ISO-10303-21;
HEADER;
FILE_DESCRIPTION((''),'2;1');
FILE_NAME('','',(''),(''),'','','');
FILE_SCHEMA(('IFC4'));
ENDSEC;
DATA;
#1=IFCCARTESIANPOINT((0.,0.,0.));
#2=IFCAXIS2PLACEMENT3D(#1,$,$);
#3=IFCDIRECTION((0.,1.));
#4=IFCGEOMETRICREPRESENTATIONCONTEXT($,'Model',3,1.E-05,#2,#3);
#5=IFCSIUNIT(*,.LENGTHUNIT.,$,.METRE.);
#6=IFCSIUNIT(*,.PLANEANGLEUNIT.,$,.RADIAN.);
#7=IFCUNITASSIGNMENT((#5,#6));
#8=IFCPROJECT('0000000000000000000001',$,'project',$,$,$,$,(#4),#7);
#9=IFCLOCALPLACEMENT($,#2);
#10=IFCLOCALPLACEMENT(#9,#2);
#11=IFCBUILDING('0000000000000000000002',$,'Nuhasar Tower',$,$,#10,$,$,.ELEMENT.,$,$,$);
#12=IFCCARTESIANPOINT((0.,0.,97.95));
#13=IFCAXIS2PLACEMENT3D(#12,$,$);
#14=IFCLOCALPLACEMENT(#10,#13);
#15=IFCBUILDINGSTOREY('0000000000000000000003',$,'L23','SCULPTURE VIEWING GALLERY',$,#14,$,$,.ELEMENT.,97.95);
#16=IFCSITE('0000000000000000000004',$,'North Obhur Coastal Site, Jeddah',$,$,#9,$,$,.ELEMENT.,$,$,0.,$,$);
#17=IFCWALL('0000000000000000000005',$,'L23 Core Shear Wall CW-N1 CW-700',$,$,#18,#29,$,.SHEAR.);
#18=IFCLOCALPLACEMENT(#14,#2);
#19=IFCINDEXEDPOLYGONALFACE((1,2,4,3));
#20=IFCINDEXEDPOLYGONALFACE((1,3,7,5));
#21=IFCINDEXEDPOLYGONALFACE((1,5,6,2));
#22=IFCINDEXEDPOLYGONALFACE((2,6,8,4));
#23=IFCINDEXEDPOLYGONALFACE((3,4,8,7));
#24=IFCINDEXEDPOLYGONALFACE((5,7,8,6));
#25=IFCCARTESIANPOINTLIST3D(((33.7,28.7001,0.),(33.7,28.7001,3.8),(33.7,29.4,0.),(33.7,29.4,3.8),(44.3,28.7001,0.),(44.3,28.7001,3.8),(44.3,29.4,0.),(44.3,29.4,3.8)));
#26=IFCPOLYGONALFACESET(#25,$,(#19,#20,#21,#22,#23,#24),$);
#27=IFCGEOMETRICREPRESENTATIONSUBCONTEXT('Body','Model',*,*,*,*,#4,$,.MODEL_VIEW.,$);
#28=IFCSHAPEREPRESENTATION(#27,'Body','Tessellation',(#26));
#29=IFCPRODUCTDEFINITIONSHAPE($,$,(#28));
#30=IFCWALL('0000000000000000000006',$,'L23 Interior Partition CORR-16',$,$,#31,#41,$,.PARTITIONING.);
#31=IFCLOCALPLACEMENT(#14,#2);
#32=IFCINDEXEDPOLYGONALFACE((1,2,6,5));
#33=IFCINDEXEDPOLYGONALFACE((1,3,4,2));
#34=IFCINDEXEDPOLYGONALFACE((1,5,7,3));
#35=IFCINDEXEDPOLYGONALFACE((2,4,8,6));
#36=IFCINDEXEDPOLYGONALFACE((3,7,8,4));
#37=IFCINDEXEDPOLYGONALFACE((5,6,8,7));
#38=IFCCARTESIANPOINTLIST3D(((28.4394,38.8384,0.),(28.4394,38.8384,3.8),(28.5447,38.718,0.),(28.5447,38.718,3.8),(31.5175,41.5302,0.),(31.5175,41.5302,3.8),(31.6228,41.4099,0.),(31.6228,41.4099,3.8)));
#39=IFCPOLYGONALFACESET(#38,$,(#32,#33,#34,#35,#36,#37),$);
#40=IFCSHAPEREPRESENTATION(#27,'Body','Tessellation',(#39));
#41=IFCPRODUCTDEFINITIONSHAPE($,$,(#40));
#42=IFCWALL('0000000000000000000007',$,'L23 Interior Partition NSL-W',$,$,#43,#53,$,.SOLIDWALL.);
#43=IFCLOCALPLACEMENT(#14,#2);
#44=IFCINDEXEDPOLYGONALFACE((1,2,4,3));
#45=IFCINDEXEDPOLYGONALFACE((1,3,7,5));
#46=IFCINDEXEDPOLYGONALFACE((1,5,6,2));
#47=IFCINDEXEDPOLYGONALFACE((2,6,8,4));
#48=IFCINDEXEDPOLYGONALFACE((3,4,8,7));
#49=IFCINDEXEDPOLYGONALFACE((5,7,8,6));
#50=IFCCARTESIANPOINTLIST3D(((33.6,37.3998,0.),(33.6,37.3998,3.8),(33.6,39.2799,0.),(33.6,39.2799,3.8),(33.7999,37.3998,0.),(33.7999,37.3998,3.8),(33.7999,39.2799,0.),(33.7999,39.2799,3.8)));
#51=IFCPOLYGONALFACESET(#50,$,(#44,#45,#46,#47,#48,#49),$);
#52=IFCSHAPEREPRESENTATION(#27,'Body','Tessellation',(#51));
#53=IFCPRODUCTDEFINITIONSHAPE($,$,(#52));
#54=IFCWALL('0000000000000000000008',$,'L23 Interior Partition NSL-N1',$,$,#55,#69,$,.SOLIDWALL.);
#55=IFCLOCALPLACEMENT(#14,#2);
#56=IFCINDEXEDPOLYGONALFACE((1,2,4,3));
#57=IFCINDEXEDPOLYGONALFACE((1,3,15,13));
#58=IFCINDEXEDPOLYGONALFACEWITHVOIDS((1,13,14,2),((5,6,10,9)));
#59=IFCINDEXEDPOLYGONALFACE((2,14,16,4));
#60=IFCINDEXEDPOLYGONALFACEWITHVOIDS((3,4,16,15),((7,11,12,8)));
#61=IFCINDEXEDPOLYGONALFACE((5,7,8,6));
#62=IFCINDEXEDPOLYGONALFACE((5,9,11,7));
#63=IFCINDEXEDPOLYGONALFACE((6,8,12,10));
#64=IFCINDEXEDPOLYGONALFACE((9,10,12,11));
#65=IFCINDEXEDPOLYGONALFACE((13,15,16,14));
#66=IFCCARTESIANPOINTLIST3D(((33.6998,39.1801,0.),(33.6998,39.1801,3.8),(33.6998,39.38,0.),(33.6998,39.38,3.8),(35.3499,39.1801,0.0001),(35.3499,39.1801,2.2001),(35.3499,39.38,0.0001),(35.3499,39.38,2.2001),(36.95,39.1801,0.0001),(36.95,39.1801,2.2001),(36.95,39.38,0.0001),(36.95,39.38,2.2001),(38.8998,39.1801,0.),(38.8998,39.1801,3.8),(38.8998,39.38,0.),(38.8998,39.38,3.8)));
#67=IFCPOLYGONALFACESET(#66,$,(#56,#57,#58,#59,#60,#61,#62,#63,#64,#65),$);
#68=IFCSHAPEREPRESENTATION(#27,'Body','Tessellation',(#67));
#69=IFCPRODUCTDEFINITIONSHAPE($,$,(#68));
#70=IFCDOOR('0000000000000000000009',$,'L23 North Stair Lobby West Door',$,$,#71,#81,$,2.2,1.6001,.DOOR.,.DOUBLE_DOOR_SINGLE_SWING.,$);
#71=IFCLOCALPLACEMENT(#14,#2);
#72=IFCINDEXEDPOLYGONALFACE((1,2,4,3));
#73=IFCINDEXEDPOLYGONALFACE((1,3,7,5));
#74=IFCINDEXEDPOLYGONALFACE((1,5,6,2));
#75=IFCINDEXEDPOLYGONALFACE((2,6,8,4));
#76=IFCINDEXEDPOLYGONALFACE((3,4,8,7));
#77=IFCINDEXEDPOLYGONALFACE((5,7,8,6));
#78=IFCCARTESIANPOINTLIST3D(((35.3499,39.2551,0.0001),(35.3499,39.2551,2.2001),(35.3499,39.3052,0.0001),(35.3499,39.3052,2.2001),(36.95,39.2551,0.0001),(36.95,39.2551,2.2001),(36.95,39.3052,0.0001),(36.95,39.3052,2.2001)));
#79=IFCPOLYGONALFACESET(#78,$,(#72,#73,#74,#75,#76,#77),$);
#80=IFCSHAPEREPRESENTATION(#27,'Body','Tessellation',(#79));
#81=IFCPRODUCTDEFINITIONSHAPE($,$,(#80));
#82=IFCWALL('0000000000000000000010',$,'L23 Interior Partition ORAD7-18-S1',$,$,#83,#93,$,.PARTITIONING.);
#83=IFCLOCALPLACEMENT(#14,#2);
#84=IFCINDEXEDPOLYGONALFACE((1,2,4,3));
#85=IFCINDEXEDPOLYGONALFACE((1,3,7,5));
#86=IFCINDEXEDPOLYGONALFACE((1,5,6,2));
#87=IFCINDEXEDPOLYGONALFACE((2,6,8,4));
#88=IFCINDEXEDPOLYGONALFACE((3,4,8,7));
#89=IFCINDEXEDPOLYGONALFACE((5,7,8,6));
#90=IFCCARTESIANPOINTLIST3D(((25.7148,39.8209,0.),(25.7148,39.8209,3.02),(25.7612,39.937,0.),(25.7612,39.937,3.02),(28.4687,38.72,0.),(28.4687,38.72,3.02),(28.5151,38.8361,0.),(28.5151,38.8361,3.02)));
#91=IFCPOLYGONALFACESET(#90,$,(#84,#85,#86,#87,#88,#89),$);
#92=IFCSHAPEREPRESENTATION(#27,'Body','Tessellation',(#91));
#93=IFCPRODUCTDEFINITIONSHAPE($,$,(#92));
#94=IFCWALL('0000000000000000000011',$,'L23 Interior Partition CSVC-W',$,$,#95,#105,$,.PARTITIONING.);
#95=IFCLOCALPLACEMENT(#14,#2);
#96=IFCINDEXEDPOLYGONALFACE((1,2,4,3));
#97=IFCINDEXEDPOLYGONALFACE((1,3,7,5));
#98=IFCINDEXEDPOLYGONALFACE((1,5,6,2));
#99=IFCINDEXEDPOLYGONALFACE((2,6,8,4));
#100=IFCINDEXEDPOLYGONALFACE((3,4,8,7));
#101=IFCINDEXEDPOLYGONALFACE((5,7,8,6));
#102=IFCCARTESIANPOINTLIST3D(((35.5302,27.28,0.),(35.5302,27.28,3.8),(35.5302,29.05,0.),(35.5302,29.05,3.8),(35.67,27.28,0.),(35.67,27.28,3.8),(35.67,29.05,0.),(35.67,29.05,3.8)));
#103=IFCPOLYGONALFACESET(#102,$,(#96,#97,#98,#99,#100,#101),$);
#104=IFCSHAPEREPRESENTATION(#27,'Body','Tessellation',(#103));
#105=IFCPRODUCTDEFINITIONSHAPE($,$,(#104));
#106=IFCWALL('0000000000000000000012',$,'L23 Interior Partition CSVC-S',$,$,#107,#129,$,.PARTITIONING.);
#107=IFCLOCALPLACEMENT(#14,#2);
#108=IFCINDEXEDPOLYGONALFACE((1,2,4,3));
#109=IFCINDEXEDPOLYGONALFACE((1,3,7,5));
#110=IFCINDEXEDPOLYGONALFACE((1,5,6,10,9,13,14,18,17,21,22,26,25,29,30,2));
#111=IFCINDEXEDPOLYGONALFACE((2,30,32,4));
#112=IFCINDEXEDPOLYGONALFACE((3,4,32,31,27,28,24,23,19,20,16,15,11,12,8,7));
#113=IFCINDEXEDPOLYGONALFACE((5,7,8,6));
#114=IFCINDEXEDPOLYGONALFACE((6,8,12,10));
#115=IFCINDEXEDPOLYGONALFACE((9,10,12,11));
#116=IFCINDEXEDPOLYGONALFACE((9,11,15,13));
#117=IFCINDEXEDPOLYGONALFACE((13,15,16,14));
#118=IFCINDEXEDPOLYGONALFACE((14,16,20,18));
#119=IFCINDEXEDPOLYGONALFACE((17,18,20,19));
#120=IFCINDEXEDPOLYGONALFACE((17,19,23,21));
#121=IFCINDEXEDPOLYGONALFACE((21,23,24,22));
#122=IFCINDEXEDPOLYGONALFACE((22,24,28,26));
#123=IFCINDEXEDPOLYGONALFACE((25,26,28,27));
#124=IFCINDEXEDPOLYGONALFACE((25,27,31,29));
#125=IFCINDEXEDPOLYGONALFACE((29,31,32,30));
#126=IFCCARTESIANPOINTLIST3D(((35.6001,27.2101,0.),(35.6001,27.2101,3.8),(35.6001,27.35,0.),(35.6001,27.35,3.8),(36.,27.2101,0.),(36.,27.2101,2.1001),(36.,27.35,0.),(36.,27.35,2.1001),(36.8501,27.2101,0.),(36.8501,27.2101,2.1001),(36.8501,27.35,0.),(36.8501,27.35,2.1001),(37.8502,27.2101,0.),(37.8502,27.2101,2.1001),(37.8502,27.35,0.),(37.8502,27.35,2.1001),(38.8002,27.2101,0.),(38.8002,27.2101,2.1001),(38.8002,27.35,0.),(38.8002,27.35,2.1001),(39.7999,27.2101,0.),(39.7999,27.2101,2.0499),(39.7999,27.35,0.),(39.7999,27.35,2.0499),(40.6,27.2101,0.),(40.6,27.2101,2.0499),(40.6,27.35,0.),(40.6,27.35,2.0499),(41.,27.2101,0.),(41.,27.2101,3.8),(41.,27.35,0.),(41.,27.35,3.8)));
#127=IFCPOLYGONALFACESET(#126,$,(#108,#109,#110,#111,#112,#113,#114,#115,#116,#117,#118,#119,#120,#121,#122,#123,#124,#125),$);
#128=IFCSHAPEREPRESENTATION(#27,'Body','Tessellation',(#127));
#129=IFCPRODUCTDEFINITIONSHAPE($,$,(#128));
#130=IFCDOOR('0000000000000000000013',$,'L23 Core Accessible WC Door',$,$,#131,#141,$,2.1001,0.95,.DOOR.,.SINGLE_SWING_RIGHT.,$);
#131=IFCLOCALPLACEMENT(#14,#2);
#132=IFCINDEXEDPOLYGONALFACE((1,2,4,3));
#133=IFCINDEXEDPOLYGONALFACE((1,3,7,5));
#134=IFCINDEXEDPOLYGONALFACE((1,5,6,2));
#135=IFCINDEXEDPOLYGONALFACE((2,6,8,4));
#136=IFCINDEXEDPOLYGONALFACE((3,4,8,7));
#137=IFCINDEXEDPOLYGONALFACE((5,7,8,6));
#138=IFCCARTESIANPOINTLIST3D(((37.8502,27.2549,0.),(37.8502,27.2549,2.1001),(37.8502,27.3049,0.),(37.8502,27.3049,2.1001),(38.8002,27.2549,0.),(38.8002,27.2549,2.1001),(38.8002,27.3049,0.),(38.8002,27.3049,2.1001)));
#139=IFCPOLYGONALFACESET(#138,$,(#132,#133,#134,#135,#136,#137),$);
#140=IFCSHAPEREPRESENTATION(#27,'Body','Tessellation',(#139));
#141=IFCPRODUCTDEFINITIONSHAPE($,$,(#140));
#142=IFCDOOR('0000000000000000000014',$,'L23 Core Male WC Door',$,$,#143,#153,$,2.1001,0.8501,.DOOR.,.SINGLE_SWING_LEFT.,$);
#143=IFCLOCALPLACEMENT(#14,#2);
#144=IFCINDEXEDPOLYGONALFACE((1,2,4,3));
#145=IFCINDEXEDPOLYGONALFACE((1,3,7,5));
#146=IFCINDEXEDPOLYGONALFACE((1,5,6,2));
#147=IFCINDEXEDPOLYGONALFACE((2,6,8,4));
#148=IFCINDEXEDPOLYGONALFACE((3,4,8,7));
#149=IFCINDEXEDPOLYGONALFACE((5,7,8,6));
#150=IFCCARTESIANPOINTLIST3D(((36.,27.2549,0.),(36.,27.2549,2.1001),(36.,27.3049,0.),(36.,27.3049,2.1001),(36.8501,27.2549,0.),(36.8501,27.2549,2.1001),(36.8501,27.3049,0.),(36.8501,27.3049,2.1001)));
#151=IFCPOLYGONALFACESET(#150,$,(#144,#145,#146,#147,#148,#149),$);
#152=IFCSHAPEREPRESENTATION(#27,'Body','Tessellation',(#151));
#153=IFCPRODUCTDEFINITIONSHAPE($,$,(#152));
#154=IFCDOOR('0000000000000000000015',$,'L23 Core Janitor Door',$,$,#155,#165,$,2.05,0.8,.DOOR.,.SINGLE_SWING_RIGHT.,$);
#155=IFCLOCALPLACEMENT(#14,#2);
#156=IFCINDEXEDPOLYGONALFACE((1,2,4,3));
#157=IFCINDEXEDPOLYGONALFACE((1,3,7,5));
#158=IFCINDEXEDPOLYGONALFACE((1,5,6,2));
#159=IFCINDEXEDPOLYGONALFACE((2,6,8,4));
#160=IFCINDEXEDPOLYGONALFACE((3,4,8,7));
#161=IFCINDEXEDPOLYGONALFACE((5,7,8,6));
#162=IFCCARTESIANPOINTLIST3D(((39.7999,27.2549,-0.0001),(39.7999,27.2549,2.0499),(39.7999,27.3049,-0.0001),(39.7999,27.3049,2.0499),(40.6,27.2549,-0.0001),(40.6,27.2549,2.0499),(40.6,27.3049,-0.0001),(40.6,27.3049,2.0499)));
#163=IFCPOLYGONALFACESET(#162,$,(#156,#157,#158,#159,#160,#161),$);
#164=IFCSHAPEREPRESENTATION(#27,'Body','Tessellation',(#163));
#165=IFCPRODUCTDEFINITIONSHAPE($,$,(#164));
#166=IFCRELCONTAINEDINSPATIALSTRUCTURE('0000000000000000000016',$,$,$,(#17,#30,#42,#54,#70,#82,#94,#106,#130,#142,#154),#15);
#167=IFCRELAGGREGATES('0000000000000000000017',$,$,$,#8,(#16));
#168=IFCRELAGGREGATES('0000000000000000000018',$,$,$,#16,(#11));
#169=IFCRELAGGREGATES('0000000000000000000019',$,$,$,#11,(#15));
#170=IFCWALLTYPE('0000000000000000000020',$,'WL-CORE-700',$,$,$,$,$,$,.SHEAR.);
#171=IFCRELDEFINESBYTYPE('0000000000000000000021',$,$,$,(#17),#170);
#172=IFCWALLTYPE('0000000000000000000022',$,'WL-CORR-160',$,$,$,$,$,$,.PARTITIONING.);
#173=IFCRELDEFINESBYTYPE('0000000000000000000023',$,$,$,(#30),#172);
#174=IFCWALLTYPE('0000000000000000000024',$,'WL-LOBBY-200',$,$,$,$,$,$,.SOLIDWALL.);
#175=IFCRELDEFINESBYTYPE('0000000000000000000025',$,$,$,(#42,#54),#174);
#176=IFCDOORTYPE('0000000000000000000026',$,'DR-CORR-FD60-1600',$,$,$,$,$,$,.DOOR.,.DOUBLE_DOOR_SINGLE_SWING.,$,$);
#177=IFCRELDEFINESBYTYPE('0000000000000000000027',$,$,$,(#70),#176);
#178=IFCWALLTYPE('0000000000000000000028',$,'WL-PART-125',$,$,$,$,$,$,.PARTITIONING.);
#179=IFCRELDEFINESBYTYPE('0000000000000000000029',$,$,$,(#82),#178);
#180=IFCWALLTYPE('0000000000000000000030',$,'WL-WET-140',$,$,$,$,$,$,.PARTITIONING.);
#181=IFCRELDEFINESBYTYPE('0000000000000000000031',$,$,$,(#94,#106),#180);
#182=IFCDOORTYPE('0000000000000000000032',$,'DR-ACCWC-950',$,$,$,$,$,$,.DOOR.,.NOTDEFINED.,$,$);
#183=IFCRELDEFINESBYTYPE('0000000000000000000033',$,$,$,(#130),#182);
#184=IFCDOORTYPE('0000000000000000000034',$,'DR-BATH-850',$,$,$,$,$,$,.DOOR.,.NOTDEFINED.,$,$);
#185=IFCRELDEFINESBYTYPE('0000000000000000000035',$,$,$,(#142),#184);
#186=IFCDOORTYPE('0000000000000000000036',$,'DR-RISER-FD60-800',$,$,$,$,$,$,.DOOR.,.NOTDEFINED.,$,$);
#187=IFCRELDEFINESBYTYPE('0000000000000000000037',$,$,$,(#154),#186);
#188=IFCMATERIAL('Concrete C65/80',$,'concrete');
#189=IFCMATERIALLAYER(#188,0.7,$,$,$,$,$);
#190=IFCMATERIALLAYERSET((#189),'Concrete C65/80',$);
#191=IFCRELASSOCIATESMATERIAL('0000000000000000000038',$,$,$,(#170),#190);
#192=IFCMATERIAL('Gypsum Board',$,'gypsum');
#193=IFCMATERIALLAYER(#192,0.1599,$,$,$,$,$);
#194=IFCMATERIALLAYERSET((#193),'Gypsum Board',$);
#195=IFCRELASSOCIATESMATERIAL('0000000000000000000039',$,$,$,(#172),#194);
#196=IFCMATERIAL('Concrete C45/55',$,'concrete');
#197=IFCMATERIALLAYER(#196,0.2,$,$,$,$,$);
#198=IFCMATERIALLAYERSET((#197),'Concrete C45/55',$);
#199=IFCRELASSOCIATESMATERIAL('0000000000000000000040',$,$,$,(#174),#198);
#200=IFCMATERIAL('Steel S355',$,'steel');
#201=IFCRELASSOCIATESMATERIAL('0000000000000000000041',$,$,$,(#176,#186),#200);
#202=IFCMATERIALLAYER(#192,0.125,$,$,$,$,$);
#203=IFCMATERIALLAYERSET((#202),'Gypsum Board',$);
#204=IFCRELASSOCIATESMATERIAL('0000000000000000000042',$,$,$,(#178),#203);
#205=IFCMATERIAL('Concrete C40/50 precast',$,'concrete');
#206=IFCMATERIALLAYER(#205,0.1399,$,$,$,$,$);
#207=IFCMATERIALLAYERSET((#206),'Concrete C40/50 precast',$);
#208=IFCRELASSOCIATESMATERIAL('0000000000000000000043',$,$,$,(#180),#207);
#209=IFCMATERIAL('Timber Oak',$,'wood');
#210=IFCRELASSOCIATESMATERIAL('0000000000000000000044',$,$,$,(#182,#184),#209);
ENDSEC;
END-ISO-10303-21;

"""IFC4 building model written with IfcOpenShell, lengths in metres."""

from ifc_helpers import new_model, si_unit, direction, frame, frame_2d, origin, place, context, subcontext, project, spatial, rectangle, extrude, material, layer, layer_set, type_object, element, fill, save


model = new_model("IFC4")

# Units and contexts
model_context = context("Model", 3, precision=1e-05, world=origin(), true_north=direction((0.0, 1.0)))
body_context = subcontext(model_context, "Body", "Model", "MODEL_VIEW")
ifc_project = project(units=[si_unit("LENGTHUNIT", "METRE"), si_unit("PLANEANGLEUNIT", "RADIAN")], contexts=[model_context])

# Site, building, storey
site_placement = place(None, origin())
site = spatial("IfcSite", under=ifc_project, at=site_placement, Name="North Obhur Coastal Site, Jeddah", CompositionType="ELEMENT", RefElevation=0.0)
building_placement = place(site_placement, origin())
building = spatial("IfcBuilding", under=site, at=building_placement, Name="Nuhasar Tower", CompositionType="ELEMENT")
storey_placement = place(building_placement, frame((0.0, 0.0, 97.95)))
storey = spatial("IfcBuildingStorey", under=building, at=storey_placement, Name="L23", Description="SCULPTURE VIEWING GALLERY", CompositionType="ELEMENT", Elevation=97.95)

# Shared definitions
ifc_material_1 = material(Name="Steel S355", Category="steel")

# Walls
ifc_material_2 = material(Name="Concrete C65/80", Category="concrete")
ifc_layer_1 = layer(ifc_material_2, 0.7)
ifc_layer_set_1 = layer_set([ifc_layer_1], Name="Concrete C65/80")
wall_type_1 = type_object("IfcWallType", Name="WL-CORE-700", PredefinedType="SHEAR", material=ifc_layer_set_1)
wall_1_placement = place(storey_placement, frame((33.7, 29.05, 0.0), z_axis=(0.0, 0.0, 1.0), x_axis=(1.0, 0.0, 0.0)))
element("IfcWall", 1, at=wall_1_placement, inside=storey, type_object=wall_type_1, Name="L23 Core Shear Wall CW-N1 CW-700", PredefinedType="SHEAR", context=body_context, shape_type="SweptSolid", body=[
    extrude(rectangle(XDim=10.6001, YDim=0.7, at=frame_2d((5.3, 0.0))), origin(), (0.0, 0.0, 1.0), 3.8),
])
ifc_material_3 = material(Name="Gypsum Board", Category="gypsum")
ifc_layer_2 = layer(ifc_material_3, 0.1599)
ifc_layer_set_2 = layer_set([ifc_layer_2], Name="Gypsum Board")
wall_type_2 = type_object("IfcWallType", Name="WL-CORR-160", PredefinedType="PARTITIONING", material=ifc_layer_set_2)
wall_2_placement = place(storey_placement, frame((31.5701, 41.47, 0.0), z_axis=(0.0, 0.0, 1.0), x_axis=(-0.752754, -0.658302, 0.0)))
element("IfcWall", 2, at=wall_2_placement, inside=storey, type_object=wall_type_2, Name="L23 Interior Partition CORR-16", PredefinedType="PARTITIONING", context=body_context, shape_type="SweptSolid", body=[
    extrude(rectangle(XDim=4.0891, YDim=0.1599, at=frame_2d((2.0444, 0.0))), origin(), (0.0, 0.0, 1.0), 3.8),
])
ifc_material_4 = material(Name="Concrete C45/55", Category="concrete")
ifc_layer_3 = layer(ifc_material_4, 0.2)
ifc_layer_set_3 = layer_set([ifc_layer_3], Name="Concrete C45/55")
wall_type_3 = type_object("IfcWallType", Name="WL-LOBBY-200", PredefinedType="SOLIDWALL", material=ifc_layer_set_3)
wall_3_placement = place(storey_placement, frame((33.7, 37.3999, 0.0), z_axis=(0.0, 0.0, 1.0), x_axis=(0.0, 1.0, 0.0)))
element("IfcWall", 3, at=wall_3_placement, inside=storey, type_object=wall_type_3, Name="L23 Interior Partition NSL-W", PredefinedType="SOLIDWALL", context=body_context, shape_type="SweptSolid", body=[
    extrude(rectangle(XDim=1.8801, YDim=0.2, at=frame_2d((0.9399, 0.0))), origin(), (0.0, 0.0, 1.0), 3.8),
])

# Wall, opening, door
wall_4_placement = place(storey_placement, frame((38.8999, 39.28, 0.0), z_axis=(0.0, 0.0, 1.0), x_axis=(-1.0, 0.0, 0.0)))
wall_4 = element("IfcWall", 4, at=wall_4_placement, inside=storey, type_object=wall_type_3, Name="L23 Interior Partition NSL-N1", PredefinedType="SOLIDWALL", context=body_context, shape_type="SweptSolid", body=[
    extrude(rectangle(XDim=5.2, YDim=0.2, at=frame_2d((2.6001, 0.0))), origin(), (0.0, 0.0, 1.0), 3.8),
])
opening_1_placement = place(wall_4_placement, frame((1.95, 0.0, 0.0)))
opening_1 = element("IfcOpeningElement", 5, at=opening_1_placement, cuts=wall_4, PredefinedType="OPENING", context=body_context, shape_type="SweptSolid", body=[
    extrude(rectangle(XDim=1.6001, YDim=2.2, at=frame_2d((0.8, 1.1001))), frame((0.0, 0.1099, 0.0), z_axis=(0.0, -1.0, 0.0), x_axis=(1.0, 0.0, 0.0)), (0.0, 0.0, 1.0), 0.22),
])
door_type_1 = type_object("IfcDoorType", Name="DR-CORR-FD60-1600", OperationType="DOUBLE_DOOR_SINGLE_SWING", PredefinedType="DOOR", material=ifc_material_1)
door_1_placement = place(opening_1_placement, origin())
door_1 = element("IfcDoor", 6, at=door_1_placement, inside=storey, type_object=door_type_1, Name="L23 North Stair Lobby West Door", OperationType="DOUBLE_DOOR_SINGLE_SWING", OverallHeight=2.2, OverallWidth=1.6001, PredefinedType="DOOR", context=body_context, shape_type="SweptSolid", body=[
    extrude(rectangle(XDim=1.6001, YDim=2.2, at=frame_2d((0.8, 1.1001))), frame((0.0, 0.0249, 0.0), z_axis=(0.0, -1.0, 0.0), x_axis=(1.0, 0.0, 0.0)), (0.0, 0.0, 1.0), 0.05),
])
fill(opening_1, door_1)

# Walls
ifc_layer_4 = layer(ifc_material_3, 0.125)
ifc_layer_set_4 = layer_set([ifc_layer_4], Name="Gypsum Board")
wall_type_4 = type_object("IfcWallType", Name="WL-PART-125", PredefinedType="PARTITIONING", material=ifc_layer_set_4)
wall_5_placement = place(storey_placement, frame((28.4919, 38.7781, 0.0), z_axis=(0.0, 0.0, 1.0), x_axis=(-0.928562, 0.371178, 0.0)))
element("IfcWall", 7, at=wall_5_placement, inside=storey, type_object=wall_type_4, Name="L23 Interior Partition ORAD7-18-S1", PredefinedType="PARTITIONING", context=body_context, shape_type="SweptSolid", body=[
    extrude(rectangle(XDim=2.9658, YDim=0.125, at=frame_2d((1.4829, 0.0))), origin(), (0.0, 0.0, 1.0), 3.02),
])
ifc_material_5 = material(Name="Concrete C40/50 precast", Category="concrete")
ifc_layer_5 = layer(ifc_material_5, 0.1399)
ifc_layer_set_5 = layer_set([ifc_layer_5], Name="Concrete C40/50 precast")
wall_type_5 = type_object("IfcWallType", Name="WL-WET-140", PredefinedType="PARTITIONING", material=ifc_layer_set_5)
wall_6_placement = place(storey_placement, frame((35.6001, 27.28, 0.0), z_axis=(0.0, 0.0, 1.0), x_axis=(0.0, 1.0, 0.0)))
element("IfcWall", 8, at=wall_6_placement, inside=storey, type_object=wall_type_5, Name="L23 Interior Partition CSVC-W", PredefinedType="PARTITIONING", context=body_context, shape_type="SweptSolid", body=[
    extrude(rectangle(XDim=1.77, YDim=0.1399, at=frame_2d((0.885, 0.0))), origin(), (0.0, 0.0, 1.0), 3.8),
])

# Wall, openings, doors
wall_7_placement = place(storey_placement, frame((35.6001, 27.28, 0.0), z_axis=(0.0, 0.0, 1.0), x_axis=(1.0, 0.0, 0.0)))
wall_7 = element("IfcWall", 9, at=wall_7_placement, inside=storey, type_object=wall_type_5, Name="L23 Interior Partition CSVC-S", PredefinedType="PARTITIONING", context=body_context, shape_type="SweptSolid", body=[
    extrude(rectangle(XDim=5.3999, YDim=0.1399, at=frame_2d((2.7, 0.0))), origin(), (0.0, 0.0, 1.0), 3.8),
])
opening_2_placement = place(wall_7_placement, frame((0.3999, 0.0, 0.0)))
opening_2 = element("IfcOpeningElement", 10, at=opening_2_placement, cuts=wall_7, PredefinedType="OPENING", context=body_context, shape_type="SweptSolid", body=[
    extrude(rectangle(XDim=0.8501, YDim=2.1001, at=frame_2d((0.425, 1.05))), frame((0.0, 0.0801, 0.0), z_axis=(0.0, -1.0, 0.0), x_axis=(1.0, 0.0, 0.0)), (0.0, 0.0, 1.0), 0.1599),
])
opening_3_placement = place(wall_7_placement, frame((2.25, 0.0, 0.0)))
opening_3 = element("IfcOpeningElement", 11, at=opening_3_placement, cuts=wall_7, PredefinedType="OPENING", context=body_context, shape_type="SweptSolid", body=[
    extrude(rectangle(XDim=0.95, YDim=2.1001, at=frame_2d((0.4751, 1.05))), frame((0.0, 0.0801, 0.0), z_axis=(0.0, -1.0, 0.0), x_axis=(1.0, 0.0, 0.0)), (0.0, 0.0, 1.0), 0.1599),
])
opening_4_placement = place(wall_7_placement, frame((4.2, 0.0, 0.0)))
opening_4 = element("IfcOpeningElement", 12, at=opening_4_placement, cuts=wall_7, PredefinedType="OPENING", context=body_context, shape_type="SweptSolid", body=[
    extrude(rectangle(XDim=0.8, YDim=2.05, at=frame_2d((0.3999, 1.0249))), frame((0.0, 0.0801, 0.0), z_axis=(0.0, -1.0, 0.0), x_axis=(1.0, 0.0, 0.0)), (0.0, 0.0, 1.0), 0.1599),
])
ifc_material_6 = material(Name="Timber Oak", Category="wood")
door_type_2 = type_object("IfcDoorType", Name="DR-ACCWC-950", OperationType="NOTDEFINED", PredefinedType="DOOR", material=ifc_material_6)
door_2_placement = place(opening_3_placement, origin())
door_2 = element("IfcDoor", 13, at=door_2_placement, inside=storey, type_object=door_type_2, Name="L23 Core Accessible WC Door", OperationType="SINGLE_SWING_RIGHT", OverallHeight=2.1001, OverallWidth=0.95, PredefinedType="DOOR", context=body_context, shape_type="SweptSolid", body=[
    extrude(rectangle(XDim=0.95, YDim=2.1001, at=frame_2d((0.4751, 1.05))), frame((0.0, 0.0249, 0.0), z_axis=(0.0, -1.0, 0.0), x_axis=(1.0, 0.0, 0.0)), (0.0, 0.0, 1.0), 0.05),
])
fill(opening_3, door_2)
door_type_3 = type_object("IfcDoorType", Name="DR-BATH-850", OperationType="NOTDEFINED", PredefinedType="DOOR", material=ifc_material_6)
door_3_placement = place(opening_2_placement, origin())
door_3 = element("IfcDoor", 14, at=door_3_placement, inside=storey, type_object=door_type_3, Name="L23 Core Male WC Door", OperationType="SINGLE_SWING_LEFT", OverallHeight=2.1001, OverallWidth=0.8501, PredefinedType="DOOR", context=body_context, shape_type="SweptSolid", body=[
    extrude(rectangle(XDim=0.8501, YDim=2.1001, at=frame_2d((0.425, 1.05))), frame((0.0, 0.0249, 0.0), z_axis=(0.0, -1.0, 0.0), x_axis=(1.0, 0.0, 0.0)), (0.0, 0.0, 1.0), 0.05),
])
fill(opening_2, door_3)
door_type_4 = type_object("IfcDoorType", Name="DR-RISER-FD60-800", OperationType="NOTDEFINED", PredefinedType="DOOR", material=ifc_material_1)
door_4_placement = place(opening_4_placement, origin())
door_4 = element("IfcDoor", 15, at=door_4_placement, inside=storey, type_object=door_type_4, Name="L23 Core Janitor Door", OperationType="SINGLE_SWING_RIGHT", OverallHeight=2.05, OverallWidth=0.8, PredefinedType="DOOR", context=body_context, shape_type="SweptSolid", body=[
    extrude(rectangle(XDim=0.8, YDim=2.05, at=frame_2d((0.3999, 1.0249))), frame((0.0, 0.0249, 0.0), z_axis=(0.0, -1.0, 0.0), x_axis=(1.0, 0.0, 0.0)), (0.0, 0.0, 1.0), 0.05),
])
fill(opening_4, door_4)

save(model, "model.ifc")
